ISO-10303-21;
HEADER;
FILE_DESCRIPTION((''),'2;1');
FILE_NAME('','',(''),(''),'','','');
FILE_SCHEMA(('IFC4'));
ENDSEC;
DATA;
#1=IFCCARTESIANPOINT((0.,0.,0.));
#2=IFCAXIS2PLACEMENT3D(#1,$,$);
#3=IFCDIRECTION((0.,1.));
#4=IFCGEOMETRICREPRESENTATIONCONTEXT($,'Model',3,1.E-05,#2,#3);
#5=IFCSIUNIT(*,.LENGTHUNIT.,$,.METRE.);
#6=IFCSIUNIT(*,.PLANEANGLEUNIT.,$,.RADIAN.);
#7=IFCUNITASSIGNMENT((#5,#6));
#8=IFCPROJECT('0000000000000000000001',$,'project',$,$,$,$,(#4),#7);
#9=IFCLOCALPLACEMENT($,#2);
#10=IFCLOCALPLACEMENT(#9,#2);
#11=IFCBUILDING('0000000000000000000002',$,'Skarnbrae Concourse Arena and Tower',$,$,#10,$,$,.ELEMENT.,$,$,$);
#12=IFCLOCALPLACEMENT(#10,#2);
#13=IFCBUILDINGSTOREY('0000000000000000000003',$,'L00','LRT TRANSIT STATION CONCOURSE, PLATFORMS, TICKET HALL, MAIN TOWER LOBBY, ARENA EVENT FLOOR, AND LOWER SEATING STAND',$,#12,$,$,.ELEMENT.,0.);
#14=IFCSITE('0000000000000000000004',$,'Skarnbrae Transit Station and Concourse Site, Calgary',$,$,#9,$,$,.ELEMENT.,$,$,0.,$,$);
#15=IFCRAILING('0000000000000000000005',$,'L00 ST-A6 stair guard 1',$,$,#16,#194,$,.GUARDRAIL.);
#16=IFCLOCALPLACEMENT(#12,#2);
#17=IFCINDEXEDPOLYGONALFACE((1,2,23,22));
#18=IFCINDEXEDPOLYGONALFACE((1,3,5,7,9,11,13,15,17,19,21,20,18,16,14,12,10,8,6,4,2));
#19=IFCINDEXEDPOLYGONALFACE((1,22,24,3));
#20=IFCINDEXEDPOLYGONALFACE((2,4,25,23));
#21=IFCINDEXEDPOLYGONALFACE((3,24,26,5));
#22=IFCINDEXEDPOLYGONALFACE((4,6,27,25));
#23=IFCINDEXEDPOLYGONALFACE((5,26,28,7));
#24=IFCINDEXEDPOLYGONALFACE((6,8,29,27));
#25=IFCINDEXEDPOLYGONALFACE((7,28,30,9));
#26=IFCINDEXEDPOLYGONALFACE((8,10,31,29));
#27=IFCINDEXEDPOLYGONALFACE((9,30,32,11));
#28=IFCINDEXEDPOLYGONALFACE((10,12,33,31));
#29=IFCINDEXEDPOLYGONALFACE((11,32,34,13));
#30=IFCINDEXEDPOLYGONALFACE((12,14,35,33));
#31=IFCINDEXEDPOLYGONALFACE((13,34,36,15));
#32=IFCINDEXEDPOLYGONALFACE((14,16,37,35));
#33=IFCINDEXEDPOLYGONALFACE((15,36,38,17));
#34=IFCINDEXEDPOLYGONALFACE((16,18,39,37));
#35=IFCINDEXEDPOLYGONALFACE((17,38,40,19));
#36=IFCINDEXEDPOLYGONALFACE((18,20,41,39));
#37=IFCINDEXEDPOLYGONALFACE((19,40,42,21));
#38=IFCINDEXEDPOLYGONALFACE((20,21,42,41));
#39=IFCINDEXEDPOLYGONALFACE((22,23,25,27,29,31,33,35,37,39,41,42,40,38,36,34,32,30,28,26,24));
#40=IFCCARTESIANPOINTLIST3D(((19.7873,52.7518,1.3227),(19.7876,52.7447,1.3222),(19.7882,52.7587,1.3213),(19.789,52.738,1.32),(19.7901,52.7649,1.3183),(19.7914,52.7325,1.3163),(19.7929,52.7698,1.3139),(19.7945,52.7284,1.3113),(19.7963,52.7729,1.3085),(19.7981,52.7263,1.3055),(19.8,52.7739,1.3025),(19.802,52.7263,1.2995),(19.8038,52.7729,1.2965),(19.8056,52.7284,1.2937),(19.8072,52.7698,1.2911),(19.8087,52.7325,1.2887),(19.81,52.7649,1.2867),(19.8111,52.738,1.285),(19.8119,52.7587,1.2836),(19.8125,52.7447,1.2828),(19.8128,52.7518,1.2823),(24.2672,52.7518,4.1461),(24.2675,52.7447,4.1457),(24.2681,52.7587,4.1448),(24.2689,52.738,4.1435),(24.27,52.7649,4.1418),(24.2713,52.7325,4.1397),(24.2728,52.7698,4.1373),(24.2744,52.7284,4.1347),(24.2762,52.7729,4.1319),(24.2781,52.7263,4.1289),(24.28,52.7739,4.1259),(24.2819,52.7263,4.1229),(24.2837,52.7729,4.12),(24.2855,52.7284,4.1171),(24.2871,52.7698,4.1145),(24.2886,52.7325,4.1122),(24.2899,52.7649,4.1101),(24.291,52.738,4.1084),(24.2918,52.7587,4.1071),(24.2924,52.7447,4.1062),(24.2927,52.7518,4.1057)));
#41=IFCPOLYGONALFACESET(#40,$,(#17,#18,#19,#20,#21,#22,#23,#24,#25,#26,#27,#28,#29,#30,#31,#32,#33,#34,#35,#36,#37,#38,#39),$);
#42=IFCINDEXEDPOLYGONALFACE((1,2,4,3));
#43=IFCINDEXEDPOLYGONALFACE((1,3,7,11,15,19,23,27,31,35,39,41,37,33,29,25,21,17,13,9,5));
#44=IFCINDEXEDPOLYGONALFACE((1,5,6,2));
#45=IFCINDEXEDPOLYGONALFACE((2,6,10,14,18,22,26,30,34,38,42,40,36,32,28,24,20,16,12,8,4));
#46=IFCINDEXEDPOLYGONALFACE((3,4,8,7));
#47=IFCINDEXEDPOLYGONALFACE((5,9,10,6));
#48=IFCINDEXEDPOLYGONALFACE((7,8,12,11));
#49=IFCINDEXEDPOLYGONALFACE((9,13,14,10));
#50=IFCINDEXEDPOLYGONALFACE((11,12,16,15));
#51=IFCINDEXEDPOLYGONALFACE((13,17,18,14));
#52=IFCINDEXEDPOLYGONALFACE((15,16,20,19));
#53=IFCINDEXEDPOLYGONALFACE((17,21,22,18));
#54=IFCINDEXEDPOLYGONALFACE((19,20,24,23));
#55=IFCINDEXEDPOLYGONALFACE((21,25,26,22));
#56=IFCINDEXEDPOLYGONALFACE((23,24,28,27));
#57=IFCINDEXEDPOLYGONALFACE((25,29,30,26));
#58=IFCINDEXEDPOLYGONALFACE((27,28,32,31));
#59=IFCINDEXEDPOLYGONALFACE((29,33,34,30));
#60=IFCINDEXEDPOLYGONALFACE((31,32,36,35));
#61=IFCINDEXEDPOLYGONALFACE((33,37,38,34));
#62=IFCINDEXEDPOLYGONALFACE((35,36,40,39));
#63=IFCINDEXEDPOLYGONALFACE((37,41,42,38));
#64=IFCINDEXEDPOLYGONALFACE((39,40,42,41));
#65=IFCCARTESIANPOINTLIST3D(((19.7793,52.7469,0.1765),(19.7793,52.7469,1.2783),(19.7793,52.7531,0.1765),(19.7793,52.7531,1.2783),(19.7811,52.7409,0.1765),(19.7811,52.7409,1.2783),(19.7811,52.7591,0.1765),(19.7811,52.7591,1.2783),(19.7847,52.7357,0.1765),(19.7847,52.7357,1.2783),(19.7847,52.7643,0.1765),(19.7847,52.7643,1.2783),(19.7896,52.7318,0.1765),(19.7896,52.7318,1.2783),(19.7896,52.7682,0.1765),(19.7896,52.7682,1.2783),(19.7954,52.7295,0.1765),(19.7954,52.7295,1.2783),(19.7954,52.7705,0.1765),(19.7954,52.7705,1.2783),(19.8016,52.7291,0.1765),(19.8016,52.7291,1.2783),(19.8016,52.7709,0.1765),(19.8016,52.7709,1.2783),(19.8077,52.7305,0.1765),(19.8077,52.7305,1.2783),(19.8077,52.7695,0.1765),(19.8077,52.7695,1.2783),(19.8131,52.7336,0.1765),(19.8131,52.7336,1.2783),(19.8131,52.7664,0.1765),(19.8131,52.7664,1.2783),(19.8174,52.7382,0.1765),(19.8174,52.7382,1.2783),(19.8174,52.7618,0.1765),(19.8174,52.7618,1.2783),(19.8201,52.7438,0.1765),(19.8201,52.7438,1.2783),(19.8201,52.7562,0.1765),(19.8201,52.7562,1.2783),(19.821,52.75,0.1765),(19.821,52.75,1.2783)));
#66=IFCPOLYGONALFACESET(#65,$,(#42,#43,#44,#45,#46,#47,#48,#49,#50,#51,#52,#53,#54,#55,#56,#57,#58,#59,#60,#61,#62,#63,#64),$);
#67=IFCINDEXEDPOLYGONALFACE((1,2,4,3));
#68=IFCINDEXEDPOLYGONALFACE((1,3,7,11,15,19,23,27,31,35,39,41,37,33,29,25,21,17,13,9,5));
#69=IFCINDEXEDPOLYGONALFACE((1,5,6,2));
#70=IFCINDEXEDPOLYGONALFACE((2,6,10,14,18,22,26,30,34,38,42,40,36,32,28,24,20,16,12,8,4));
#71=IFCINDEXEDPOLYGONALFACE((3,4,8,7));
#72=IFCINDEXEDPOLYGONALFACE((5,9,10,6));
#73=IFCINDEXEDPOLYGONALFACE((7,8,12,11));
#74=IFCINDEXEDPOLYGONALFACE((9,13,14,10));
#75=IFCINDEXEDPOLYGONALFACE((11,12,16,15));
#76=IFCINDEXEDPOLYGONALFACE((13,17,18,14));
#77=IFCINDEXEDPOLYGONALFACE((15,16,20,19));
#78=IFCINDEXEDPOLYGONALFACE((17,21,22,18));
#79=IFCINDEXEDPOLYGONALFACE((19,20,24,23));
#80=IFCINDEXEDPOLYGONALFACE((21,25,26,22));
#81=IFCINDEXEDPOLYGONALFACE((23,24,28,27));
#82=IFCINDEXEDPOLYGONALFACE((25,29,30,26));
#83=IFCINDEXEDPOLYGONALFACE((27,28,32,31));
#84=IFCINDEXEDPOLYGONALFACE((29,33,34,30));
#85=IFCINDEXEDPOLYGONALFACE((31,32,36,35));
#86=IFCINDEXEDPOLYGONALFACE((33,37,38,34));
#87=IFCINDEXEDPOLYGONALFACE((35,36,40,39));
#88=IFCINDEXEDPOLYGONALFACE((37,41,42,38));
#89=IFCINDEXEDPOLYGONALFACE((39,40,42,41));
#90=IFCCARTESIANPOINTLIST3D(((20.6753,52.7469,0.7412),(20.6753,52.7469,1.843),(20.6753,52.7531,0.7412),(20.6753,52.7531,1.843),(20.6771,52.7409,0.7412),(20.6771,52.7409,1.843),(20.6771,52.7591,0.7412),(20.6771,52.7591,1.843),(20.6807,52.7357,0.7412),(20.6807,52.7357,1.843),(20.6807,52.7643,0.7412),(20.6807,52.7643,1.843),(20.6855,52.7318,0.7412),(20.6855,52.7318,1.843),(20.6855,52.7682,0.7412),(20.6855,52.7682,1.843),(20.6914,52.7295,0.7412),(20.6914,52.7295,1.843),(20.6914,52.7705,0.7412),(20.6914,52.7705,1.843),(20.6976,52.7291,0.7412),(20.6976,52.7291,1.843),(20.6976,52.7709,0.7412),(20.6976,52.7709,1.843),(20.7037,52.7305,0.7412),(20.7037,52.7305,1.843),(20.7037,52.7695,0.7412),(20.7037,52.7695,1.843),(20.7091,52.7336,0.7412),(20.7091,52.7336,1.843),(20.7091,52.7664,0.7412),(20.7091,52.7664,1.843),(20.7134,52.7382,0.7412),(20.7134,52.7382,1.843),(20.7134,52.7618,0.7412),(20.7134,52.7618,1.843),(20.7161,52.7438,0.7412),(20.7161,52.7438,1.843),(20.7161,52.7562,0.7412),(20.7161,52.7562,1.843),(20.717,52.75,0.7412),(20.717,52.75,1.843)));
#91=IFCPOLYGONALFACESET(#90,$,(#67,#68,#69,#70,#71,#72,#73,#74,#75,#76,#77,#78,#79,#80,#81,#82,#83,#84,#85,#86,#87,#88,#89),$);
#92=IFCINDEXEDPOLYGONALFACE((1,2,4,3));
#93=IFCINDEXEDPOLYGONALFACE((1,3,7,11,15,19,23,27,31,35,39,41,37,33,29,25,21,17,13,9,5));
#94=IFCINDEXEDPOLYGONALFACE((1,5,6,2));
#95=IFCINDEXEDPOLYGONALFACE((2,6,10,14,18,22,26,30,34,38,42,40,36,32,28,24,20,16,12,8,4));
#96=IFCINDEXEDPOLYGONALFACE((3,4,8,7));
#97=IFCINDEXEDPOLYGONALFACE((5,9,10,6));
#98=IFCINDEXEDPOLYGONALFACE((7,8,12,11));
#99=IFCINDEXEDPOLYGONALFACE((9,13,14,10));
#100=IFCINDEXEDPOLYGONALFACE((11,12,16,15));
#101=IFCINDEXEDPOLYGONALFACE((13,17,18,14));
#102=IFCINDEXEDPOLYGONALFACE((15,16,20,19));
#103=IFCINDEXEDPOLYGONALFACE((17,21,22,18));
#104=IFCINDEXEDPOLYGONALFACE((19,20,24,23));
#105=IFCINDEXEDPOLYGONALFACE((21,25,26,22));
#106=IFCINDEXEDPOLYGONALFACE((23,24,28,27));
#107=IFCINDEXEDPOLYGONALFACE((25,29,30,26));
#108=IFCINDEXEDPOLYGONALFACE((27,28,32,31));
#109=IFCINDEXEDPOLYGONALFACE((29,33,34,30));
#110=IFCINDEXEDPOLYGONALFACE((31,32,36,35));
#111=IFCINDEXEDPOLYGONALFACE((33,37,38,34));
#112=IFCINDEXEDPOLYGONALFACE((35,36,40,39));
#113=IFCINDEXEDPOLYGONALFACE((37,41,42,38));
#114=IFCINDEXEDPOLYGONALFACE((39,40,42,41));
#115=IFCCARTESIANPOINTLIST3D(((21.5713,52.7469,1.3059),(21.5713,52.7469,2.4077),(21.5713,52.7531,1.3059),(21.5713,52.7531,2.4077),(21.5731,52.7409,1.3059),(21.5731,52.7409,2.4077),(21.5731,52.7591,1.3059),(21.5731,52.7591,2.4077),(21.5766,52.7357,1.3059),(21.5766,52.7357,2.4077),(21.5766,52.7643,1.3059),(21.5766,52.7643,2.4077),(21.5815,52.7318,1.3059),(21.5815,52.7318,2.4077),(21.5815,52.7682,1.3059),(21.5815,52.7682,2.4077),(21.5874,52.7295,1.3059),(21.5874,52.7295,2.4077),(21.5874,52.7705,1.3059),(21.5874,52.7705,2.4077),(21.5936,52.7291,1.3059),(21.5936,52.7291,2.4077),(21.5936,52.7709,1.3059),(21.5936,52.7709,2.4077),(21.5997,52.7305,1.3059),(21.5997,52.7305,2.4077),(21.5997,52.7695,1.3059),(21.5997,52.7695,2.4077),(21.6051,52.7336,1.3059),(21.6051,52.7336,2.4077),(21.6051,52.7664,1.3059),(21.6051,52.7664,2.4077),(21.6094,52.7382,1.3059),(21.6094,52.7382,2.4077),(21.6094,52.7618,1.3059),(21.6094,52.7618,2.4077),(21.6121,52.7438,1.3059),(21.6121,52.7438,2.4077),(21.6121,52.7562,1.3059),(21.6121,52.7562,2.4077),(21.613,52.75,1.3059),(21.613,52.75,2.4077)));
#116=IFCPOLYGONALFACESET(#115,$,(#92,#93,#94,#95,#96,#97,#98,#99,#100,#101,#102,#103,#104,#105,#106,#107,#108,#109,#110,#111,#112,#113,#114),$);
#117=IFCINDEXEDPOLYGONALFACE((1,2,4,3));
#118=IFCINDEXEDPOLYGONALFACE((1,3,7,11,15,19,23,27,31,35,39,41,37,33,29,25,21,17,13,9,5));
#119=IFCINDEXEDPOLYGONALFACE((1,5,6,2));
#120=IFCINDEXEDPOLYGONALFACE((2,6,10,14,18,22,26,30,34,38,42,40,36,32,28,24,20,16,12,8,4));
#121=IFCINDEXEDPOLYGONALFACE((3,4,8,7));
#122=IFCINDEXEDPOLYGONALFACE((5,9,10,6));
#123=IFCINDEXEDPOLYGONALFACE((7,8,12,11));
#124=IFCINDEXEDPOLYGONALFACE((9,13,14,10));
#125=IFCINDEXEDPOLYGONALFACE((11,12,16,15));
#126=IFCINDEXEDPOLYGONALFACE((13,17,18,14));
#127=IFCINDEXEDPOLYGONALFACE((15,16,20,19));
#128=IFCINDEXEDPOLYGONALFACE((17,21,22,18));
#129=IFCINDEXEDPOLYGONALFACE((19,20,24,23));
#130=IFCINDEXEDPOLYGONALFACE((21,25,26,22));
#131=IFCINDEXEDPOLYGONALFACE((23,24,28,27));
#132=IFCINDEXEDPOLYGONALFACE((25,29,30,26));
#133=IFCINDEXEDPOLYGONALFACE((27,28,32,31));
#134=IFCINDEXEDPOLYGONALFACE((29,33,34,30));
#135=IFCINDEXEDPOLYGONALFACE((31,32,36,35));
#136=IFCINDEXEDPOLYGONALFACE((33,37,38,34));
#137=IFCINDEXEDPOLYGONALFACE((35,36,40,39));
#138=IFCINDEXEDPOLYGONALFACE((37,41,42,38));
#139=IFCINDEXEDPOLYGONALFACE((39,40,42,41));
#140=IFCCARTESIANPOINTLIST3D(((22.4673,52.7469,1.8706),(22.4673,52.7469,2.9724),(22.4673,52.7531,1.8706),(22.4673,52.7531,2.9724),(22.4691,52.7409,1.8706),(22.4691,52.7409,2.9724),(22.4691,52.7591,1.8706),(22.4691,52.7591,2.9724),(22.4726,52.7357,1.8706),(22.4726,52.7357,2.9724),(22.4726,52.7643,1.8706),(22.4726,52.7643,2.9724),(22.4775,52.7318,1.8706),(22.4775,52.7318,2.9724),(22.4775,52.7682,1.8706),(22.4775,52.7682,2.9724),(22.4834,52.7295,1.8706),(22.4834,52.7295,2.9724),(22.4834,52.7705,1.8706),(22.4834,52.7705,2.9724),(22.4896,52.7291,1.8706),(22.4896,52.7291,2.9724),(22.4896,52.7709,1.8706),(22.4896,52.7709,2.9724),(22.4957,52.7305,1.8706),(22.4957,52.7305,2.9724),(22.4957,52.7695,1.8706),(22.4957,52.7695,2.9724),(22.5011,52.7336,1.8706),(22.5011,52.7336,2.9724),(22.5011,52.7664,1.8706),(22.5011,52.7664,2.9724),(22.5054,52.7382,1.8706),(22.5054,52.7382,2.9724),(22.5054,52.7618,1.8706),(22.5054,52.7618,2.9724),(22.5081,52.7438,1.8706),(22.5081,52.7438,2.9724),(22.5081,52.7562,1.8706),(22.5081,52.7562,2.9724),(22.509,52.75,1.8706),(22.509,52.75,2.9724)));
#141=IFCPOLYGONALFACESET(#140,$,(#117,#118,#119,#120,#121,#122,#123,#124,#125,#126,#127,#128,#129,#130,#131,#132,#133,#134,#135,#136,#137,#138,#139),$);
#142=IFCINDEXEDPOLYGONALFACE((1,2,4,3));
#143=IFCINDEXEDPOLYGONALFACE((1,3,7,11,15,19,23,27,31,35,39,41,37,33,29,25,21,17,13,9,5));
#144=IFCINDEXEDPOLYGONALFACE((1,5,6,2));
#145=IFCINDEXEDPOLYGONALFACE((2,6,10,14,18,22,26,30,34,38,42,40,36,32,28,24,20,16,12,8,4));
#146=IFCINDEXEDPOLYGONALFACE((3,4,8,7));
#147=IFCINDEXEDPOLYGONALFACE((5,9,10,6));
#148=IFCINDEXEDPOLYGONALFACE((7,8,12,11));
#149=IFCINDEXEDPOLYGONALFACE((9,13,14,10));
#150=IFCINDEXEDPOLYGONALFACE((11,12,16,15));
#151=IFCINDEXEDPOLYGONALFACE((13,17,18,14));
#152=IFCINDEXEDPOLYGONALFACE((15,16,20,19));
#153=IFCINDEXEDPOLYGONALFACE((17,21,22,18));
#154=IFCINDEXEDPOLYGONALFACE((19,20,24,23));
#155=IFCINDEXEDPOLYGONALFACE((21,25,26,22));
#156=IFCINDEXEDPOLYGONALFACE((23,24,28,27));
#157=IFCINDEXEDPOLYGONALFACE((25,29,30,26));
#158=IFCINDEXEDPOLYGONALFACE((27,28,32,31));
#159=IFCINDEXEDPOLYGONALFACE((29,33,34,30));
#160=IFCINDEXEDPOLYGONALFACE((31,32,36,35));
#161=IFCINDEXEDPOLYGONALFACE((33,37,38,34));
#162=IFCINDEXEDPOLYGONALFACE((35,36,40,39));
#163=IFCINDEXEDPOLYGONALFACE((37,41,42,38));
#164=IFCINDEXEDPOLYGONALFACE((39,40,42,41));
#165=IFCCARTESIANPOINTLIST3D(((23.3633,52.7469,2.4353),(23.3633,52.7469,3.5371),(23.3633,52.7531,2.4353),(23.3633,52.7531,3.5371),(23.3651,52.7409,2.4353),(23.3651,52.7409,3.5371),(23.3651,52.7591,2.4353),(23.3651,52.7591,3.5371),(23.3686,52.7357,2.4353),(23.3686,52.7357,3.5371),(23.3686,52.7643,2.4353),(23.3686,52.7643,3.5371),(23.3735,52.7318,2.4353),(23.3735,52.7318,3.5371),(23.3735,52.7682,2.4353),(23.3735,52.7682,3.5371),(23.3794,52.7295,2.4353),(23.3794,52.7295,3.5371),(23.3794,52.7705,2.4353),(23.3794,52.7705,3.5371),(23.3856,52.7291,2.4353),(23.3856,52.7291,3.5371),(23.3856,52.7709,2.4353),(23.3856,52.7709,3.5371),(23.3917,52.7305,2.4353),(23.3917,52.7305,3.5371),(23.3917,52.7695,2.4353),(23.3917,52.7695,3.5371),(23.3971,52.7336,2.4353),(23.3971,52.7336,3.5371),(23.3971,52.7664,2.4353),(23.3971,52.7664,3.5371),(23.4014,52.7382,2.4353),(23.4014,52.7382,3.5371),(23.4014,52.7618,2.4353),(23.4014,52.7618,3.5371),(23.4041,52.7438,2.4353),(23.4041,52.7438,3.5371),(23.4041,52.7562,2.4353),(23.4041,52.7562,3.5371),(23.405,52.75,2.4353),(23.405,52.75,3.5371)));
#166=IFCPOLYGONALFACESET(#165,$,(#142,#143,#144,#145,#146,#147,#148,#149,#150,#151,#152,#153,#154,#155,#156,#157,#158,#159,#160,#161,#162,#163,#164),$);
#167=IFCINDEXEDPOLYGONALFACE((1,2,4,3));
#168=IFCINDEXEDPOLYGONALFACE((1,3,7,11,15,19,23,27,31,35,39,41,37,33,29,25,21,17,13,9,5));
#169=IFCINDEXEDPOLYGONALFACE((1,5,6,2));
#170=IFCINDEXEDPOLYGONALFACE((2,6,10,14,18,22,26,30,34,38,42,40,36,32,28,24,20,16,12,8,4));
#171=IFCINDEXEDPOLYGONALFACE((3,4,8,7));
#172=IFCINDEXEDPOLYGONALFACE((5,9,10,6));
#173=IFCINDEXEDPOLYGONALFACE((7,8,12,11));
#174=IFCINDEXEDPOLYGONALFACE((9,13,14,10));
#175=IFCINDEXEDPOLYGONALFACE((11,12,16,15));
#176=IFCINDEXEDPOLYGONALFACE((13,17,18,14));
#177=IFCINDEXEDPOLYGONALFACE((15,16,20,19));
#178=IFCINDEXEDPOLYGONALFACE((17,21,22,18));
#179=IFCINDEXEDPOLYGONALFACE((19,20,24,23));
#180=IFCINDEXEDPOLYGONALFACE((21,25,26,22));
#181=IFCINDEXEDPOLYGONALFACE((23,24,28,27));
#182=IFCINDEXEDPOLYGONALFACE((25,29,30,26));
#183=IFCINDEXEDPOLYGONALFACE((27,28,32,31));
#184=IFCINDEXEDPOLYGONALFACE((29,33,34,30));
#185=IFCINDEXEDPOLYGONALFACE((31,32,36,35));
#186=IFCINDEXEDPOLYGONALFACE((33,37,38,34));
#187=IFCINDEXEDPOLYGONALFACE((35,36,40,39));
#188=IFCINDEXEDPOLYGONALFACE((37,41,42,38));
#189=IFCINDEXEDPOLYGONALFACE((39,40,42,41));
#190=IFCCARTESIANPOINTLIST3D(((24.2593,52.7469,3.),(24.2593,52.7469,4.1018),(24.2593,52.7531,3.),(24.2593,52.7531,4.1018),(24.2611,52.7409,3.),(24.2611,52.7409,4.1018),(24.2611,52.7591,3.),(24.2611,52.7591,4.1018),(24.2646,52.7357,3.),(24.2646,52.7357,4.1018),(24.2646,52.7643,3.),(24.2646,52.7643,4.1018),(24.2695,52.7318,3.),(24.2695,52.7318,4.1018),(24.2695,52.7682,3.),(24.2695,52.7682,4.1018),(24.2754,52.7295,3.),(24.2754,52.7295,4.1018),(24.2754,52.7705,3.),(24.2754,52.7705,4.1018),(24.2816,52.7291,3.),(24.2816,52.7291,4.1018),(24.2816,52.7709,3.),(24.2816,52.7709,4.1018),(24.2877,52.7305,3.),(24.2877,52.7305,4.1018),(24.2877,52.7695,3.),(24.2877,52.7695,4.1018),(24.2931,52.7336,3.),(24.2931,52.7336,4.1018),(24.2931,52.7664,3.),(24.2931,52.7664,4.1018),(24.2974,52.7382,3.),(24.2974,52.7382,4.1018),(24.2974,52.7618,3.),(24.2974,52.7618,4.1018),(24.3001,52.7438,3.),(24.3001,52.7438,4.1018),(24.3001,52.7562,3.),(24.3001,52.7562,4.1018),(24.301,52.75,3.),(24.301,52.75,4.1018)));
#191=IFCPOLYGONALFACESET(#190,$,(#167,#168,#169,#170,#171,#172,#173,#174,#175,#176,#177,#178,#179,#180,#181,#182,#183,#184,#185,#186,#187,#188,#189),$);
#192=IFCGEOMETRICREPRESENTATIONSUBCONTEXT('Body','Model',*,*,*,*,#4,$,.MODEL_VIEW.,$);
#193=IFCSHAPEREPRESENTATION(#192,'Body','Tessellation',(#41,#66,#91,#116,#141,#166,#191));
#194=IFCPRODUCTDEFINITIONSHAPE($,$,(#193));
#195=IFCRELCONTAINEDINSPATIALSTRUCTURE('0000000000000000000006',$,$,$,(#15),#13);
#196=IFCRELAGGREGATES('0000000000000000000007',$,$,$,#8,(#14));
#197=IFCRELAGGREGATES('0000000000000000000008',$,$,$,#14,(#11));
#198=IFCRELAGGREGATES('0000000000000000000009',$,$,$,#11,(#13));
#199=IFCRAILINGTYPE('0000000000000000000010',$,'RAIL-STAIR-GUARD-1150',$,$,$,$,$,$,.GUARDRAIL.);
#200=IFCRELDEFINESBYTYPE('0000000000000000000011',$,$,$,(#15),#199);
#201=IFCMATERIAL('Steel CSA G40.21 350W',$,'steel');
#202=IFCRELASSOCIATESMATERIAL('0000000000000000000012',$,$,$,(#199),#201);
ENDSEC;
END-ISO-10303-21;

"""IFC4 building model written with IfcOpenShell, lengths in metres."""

from ifc_helpers import new_model, si_unit, direction, frame, origin, origin_2d, place, context, subcontext, project, spatial, circle, extrude, material, type_object, element, save


model = new_model("IFC4")

# Units and contexts
model_context = context("Model", 3, precision=1e-05, world=origin(), true_north=direction((0.0, 1.0)))
body_context = subcontext(model_context, "Body", "Model", "MODEL_VIEW")
ifc_project = project(units=[si_unit("LENGTHUNIT", "METRE"), si_unit("PLANEANGLEUNIT", "RADIAN")], contexts=[model_context])

# Site, building, storey
site_placement = place(None, origin())
site = spatial("IfcSite", under=ifc_project, at=site_placement, Name="Skarnbrae Transit Station and Concourse Site, Calgary", CompositionType="ELEMENT", RefElevation=0.0)
building_placement = place(site_placement, origin())
building = spatial("IfcBuilding", under=site, at=building_placement, Name="Skarnbrae Concourse Arena and Tower", CompositionType="ELEMENT")
storey_placement = place(building_placement, origin())
storey = spatial("IfcBuildingStorey", under=building, at=storey_placement, Name="L00", Description="LRT TRANSIT STATION CONCOURSE, PLATFORMS, TICKET HALL, MAIN TOWER LOBBY, ARENA EVENT FLOOR, AND LOWER SEATING STAND", CompositionType="ELEMENT", Elevation=0.0)

# Shared definitions
ifc_material_1 = material(Name="Steel CSA G40.21 350W", Category="steel")

# Railing
railing_type_1 = type_object("IfcRailingType", Name="RAIL-STAIR-GUARD-1150", PredefinedType="GUARDRAIL", material=ifc_material_1)
railing_1_placement = place(storey_placement, frame((19.8, 52.75, 0.1765)))
element("IfcRailing", 1, at=railing_1_placement, inside=storey, type_object=railing_type_1, Name="L00 ST-A6 stair guard 1", PredefinedType="GUARDRAIL", context=body_context, shape_type="SweptSolid", body=[
    extrude(circle(Radius=0.0239, at=origin_2d()), frame((0.0, 0.0, 1.126), z_axis=(0.845998, 0.0, 0.533186), x_axis=(0.0, 1.0, 0.0)), (0.0, 0.0, 1.0), 5.2954),
    extrude(circle(Radius=0.021, at=origin_2d()), origin(), (0.0, 0.0, 1.0), 1.1018),
    extrude(circle(Radius=0.021, at=origin_2d()), frame((0.896, 0.0, 0.5647)), (0.0, 0.0, 1.0), 1.1018),
    extrude(circle(Radius=0.021, at=origin_2d()), frame((1.792, 0.0, 1.1294)), (0.0, 0.0, 1.0), 1.1018),
    extrude(circle(Radius=0.021, at=origin_2d()), frame((2.688, 0.0, 1.6941)), (0.0, 0.0, 1.0), 1.1018),
    extrude(circle(Radius=0.021, at=origin_2d()), frame((3.584, 0.0, 2.2588)), (0.0, 0.0, 1.0), 1.1018),
    extrude(circle(Radius=0.021, at=origin_2d()), frame((4.48, 0.0, 2.8235)), (0.0, 0.0, 1.0), 1.1018),
])

save(model, "model.ifc")
